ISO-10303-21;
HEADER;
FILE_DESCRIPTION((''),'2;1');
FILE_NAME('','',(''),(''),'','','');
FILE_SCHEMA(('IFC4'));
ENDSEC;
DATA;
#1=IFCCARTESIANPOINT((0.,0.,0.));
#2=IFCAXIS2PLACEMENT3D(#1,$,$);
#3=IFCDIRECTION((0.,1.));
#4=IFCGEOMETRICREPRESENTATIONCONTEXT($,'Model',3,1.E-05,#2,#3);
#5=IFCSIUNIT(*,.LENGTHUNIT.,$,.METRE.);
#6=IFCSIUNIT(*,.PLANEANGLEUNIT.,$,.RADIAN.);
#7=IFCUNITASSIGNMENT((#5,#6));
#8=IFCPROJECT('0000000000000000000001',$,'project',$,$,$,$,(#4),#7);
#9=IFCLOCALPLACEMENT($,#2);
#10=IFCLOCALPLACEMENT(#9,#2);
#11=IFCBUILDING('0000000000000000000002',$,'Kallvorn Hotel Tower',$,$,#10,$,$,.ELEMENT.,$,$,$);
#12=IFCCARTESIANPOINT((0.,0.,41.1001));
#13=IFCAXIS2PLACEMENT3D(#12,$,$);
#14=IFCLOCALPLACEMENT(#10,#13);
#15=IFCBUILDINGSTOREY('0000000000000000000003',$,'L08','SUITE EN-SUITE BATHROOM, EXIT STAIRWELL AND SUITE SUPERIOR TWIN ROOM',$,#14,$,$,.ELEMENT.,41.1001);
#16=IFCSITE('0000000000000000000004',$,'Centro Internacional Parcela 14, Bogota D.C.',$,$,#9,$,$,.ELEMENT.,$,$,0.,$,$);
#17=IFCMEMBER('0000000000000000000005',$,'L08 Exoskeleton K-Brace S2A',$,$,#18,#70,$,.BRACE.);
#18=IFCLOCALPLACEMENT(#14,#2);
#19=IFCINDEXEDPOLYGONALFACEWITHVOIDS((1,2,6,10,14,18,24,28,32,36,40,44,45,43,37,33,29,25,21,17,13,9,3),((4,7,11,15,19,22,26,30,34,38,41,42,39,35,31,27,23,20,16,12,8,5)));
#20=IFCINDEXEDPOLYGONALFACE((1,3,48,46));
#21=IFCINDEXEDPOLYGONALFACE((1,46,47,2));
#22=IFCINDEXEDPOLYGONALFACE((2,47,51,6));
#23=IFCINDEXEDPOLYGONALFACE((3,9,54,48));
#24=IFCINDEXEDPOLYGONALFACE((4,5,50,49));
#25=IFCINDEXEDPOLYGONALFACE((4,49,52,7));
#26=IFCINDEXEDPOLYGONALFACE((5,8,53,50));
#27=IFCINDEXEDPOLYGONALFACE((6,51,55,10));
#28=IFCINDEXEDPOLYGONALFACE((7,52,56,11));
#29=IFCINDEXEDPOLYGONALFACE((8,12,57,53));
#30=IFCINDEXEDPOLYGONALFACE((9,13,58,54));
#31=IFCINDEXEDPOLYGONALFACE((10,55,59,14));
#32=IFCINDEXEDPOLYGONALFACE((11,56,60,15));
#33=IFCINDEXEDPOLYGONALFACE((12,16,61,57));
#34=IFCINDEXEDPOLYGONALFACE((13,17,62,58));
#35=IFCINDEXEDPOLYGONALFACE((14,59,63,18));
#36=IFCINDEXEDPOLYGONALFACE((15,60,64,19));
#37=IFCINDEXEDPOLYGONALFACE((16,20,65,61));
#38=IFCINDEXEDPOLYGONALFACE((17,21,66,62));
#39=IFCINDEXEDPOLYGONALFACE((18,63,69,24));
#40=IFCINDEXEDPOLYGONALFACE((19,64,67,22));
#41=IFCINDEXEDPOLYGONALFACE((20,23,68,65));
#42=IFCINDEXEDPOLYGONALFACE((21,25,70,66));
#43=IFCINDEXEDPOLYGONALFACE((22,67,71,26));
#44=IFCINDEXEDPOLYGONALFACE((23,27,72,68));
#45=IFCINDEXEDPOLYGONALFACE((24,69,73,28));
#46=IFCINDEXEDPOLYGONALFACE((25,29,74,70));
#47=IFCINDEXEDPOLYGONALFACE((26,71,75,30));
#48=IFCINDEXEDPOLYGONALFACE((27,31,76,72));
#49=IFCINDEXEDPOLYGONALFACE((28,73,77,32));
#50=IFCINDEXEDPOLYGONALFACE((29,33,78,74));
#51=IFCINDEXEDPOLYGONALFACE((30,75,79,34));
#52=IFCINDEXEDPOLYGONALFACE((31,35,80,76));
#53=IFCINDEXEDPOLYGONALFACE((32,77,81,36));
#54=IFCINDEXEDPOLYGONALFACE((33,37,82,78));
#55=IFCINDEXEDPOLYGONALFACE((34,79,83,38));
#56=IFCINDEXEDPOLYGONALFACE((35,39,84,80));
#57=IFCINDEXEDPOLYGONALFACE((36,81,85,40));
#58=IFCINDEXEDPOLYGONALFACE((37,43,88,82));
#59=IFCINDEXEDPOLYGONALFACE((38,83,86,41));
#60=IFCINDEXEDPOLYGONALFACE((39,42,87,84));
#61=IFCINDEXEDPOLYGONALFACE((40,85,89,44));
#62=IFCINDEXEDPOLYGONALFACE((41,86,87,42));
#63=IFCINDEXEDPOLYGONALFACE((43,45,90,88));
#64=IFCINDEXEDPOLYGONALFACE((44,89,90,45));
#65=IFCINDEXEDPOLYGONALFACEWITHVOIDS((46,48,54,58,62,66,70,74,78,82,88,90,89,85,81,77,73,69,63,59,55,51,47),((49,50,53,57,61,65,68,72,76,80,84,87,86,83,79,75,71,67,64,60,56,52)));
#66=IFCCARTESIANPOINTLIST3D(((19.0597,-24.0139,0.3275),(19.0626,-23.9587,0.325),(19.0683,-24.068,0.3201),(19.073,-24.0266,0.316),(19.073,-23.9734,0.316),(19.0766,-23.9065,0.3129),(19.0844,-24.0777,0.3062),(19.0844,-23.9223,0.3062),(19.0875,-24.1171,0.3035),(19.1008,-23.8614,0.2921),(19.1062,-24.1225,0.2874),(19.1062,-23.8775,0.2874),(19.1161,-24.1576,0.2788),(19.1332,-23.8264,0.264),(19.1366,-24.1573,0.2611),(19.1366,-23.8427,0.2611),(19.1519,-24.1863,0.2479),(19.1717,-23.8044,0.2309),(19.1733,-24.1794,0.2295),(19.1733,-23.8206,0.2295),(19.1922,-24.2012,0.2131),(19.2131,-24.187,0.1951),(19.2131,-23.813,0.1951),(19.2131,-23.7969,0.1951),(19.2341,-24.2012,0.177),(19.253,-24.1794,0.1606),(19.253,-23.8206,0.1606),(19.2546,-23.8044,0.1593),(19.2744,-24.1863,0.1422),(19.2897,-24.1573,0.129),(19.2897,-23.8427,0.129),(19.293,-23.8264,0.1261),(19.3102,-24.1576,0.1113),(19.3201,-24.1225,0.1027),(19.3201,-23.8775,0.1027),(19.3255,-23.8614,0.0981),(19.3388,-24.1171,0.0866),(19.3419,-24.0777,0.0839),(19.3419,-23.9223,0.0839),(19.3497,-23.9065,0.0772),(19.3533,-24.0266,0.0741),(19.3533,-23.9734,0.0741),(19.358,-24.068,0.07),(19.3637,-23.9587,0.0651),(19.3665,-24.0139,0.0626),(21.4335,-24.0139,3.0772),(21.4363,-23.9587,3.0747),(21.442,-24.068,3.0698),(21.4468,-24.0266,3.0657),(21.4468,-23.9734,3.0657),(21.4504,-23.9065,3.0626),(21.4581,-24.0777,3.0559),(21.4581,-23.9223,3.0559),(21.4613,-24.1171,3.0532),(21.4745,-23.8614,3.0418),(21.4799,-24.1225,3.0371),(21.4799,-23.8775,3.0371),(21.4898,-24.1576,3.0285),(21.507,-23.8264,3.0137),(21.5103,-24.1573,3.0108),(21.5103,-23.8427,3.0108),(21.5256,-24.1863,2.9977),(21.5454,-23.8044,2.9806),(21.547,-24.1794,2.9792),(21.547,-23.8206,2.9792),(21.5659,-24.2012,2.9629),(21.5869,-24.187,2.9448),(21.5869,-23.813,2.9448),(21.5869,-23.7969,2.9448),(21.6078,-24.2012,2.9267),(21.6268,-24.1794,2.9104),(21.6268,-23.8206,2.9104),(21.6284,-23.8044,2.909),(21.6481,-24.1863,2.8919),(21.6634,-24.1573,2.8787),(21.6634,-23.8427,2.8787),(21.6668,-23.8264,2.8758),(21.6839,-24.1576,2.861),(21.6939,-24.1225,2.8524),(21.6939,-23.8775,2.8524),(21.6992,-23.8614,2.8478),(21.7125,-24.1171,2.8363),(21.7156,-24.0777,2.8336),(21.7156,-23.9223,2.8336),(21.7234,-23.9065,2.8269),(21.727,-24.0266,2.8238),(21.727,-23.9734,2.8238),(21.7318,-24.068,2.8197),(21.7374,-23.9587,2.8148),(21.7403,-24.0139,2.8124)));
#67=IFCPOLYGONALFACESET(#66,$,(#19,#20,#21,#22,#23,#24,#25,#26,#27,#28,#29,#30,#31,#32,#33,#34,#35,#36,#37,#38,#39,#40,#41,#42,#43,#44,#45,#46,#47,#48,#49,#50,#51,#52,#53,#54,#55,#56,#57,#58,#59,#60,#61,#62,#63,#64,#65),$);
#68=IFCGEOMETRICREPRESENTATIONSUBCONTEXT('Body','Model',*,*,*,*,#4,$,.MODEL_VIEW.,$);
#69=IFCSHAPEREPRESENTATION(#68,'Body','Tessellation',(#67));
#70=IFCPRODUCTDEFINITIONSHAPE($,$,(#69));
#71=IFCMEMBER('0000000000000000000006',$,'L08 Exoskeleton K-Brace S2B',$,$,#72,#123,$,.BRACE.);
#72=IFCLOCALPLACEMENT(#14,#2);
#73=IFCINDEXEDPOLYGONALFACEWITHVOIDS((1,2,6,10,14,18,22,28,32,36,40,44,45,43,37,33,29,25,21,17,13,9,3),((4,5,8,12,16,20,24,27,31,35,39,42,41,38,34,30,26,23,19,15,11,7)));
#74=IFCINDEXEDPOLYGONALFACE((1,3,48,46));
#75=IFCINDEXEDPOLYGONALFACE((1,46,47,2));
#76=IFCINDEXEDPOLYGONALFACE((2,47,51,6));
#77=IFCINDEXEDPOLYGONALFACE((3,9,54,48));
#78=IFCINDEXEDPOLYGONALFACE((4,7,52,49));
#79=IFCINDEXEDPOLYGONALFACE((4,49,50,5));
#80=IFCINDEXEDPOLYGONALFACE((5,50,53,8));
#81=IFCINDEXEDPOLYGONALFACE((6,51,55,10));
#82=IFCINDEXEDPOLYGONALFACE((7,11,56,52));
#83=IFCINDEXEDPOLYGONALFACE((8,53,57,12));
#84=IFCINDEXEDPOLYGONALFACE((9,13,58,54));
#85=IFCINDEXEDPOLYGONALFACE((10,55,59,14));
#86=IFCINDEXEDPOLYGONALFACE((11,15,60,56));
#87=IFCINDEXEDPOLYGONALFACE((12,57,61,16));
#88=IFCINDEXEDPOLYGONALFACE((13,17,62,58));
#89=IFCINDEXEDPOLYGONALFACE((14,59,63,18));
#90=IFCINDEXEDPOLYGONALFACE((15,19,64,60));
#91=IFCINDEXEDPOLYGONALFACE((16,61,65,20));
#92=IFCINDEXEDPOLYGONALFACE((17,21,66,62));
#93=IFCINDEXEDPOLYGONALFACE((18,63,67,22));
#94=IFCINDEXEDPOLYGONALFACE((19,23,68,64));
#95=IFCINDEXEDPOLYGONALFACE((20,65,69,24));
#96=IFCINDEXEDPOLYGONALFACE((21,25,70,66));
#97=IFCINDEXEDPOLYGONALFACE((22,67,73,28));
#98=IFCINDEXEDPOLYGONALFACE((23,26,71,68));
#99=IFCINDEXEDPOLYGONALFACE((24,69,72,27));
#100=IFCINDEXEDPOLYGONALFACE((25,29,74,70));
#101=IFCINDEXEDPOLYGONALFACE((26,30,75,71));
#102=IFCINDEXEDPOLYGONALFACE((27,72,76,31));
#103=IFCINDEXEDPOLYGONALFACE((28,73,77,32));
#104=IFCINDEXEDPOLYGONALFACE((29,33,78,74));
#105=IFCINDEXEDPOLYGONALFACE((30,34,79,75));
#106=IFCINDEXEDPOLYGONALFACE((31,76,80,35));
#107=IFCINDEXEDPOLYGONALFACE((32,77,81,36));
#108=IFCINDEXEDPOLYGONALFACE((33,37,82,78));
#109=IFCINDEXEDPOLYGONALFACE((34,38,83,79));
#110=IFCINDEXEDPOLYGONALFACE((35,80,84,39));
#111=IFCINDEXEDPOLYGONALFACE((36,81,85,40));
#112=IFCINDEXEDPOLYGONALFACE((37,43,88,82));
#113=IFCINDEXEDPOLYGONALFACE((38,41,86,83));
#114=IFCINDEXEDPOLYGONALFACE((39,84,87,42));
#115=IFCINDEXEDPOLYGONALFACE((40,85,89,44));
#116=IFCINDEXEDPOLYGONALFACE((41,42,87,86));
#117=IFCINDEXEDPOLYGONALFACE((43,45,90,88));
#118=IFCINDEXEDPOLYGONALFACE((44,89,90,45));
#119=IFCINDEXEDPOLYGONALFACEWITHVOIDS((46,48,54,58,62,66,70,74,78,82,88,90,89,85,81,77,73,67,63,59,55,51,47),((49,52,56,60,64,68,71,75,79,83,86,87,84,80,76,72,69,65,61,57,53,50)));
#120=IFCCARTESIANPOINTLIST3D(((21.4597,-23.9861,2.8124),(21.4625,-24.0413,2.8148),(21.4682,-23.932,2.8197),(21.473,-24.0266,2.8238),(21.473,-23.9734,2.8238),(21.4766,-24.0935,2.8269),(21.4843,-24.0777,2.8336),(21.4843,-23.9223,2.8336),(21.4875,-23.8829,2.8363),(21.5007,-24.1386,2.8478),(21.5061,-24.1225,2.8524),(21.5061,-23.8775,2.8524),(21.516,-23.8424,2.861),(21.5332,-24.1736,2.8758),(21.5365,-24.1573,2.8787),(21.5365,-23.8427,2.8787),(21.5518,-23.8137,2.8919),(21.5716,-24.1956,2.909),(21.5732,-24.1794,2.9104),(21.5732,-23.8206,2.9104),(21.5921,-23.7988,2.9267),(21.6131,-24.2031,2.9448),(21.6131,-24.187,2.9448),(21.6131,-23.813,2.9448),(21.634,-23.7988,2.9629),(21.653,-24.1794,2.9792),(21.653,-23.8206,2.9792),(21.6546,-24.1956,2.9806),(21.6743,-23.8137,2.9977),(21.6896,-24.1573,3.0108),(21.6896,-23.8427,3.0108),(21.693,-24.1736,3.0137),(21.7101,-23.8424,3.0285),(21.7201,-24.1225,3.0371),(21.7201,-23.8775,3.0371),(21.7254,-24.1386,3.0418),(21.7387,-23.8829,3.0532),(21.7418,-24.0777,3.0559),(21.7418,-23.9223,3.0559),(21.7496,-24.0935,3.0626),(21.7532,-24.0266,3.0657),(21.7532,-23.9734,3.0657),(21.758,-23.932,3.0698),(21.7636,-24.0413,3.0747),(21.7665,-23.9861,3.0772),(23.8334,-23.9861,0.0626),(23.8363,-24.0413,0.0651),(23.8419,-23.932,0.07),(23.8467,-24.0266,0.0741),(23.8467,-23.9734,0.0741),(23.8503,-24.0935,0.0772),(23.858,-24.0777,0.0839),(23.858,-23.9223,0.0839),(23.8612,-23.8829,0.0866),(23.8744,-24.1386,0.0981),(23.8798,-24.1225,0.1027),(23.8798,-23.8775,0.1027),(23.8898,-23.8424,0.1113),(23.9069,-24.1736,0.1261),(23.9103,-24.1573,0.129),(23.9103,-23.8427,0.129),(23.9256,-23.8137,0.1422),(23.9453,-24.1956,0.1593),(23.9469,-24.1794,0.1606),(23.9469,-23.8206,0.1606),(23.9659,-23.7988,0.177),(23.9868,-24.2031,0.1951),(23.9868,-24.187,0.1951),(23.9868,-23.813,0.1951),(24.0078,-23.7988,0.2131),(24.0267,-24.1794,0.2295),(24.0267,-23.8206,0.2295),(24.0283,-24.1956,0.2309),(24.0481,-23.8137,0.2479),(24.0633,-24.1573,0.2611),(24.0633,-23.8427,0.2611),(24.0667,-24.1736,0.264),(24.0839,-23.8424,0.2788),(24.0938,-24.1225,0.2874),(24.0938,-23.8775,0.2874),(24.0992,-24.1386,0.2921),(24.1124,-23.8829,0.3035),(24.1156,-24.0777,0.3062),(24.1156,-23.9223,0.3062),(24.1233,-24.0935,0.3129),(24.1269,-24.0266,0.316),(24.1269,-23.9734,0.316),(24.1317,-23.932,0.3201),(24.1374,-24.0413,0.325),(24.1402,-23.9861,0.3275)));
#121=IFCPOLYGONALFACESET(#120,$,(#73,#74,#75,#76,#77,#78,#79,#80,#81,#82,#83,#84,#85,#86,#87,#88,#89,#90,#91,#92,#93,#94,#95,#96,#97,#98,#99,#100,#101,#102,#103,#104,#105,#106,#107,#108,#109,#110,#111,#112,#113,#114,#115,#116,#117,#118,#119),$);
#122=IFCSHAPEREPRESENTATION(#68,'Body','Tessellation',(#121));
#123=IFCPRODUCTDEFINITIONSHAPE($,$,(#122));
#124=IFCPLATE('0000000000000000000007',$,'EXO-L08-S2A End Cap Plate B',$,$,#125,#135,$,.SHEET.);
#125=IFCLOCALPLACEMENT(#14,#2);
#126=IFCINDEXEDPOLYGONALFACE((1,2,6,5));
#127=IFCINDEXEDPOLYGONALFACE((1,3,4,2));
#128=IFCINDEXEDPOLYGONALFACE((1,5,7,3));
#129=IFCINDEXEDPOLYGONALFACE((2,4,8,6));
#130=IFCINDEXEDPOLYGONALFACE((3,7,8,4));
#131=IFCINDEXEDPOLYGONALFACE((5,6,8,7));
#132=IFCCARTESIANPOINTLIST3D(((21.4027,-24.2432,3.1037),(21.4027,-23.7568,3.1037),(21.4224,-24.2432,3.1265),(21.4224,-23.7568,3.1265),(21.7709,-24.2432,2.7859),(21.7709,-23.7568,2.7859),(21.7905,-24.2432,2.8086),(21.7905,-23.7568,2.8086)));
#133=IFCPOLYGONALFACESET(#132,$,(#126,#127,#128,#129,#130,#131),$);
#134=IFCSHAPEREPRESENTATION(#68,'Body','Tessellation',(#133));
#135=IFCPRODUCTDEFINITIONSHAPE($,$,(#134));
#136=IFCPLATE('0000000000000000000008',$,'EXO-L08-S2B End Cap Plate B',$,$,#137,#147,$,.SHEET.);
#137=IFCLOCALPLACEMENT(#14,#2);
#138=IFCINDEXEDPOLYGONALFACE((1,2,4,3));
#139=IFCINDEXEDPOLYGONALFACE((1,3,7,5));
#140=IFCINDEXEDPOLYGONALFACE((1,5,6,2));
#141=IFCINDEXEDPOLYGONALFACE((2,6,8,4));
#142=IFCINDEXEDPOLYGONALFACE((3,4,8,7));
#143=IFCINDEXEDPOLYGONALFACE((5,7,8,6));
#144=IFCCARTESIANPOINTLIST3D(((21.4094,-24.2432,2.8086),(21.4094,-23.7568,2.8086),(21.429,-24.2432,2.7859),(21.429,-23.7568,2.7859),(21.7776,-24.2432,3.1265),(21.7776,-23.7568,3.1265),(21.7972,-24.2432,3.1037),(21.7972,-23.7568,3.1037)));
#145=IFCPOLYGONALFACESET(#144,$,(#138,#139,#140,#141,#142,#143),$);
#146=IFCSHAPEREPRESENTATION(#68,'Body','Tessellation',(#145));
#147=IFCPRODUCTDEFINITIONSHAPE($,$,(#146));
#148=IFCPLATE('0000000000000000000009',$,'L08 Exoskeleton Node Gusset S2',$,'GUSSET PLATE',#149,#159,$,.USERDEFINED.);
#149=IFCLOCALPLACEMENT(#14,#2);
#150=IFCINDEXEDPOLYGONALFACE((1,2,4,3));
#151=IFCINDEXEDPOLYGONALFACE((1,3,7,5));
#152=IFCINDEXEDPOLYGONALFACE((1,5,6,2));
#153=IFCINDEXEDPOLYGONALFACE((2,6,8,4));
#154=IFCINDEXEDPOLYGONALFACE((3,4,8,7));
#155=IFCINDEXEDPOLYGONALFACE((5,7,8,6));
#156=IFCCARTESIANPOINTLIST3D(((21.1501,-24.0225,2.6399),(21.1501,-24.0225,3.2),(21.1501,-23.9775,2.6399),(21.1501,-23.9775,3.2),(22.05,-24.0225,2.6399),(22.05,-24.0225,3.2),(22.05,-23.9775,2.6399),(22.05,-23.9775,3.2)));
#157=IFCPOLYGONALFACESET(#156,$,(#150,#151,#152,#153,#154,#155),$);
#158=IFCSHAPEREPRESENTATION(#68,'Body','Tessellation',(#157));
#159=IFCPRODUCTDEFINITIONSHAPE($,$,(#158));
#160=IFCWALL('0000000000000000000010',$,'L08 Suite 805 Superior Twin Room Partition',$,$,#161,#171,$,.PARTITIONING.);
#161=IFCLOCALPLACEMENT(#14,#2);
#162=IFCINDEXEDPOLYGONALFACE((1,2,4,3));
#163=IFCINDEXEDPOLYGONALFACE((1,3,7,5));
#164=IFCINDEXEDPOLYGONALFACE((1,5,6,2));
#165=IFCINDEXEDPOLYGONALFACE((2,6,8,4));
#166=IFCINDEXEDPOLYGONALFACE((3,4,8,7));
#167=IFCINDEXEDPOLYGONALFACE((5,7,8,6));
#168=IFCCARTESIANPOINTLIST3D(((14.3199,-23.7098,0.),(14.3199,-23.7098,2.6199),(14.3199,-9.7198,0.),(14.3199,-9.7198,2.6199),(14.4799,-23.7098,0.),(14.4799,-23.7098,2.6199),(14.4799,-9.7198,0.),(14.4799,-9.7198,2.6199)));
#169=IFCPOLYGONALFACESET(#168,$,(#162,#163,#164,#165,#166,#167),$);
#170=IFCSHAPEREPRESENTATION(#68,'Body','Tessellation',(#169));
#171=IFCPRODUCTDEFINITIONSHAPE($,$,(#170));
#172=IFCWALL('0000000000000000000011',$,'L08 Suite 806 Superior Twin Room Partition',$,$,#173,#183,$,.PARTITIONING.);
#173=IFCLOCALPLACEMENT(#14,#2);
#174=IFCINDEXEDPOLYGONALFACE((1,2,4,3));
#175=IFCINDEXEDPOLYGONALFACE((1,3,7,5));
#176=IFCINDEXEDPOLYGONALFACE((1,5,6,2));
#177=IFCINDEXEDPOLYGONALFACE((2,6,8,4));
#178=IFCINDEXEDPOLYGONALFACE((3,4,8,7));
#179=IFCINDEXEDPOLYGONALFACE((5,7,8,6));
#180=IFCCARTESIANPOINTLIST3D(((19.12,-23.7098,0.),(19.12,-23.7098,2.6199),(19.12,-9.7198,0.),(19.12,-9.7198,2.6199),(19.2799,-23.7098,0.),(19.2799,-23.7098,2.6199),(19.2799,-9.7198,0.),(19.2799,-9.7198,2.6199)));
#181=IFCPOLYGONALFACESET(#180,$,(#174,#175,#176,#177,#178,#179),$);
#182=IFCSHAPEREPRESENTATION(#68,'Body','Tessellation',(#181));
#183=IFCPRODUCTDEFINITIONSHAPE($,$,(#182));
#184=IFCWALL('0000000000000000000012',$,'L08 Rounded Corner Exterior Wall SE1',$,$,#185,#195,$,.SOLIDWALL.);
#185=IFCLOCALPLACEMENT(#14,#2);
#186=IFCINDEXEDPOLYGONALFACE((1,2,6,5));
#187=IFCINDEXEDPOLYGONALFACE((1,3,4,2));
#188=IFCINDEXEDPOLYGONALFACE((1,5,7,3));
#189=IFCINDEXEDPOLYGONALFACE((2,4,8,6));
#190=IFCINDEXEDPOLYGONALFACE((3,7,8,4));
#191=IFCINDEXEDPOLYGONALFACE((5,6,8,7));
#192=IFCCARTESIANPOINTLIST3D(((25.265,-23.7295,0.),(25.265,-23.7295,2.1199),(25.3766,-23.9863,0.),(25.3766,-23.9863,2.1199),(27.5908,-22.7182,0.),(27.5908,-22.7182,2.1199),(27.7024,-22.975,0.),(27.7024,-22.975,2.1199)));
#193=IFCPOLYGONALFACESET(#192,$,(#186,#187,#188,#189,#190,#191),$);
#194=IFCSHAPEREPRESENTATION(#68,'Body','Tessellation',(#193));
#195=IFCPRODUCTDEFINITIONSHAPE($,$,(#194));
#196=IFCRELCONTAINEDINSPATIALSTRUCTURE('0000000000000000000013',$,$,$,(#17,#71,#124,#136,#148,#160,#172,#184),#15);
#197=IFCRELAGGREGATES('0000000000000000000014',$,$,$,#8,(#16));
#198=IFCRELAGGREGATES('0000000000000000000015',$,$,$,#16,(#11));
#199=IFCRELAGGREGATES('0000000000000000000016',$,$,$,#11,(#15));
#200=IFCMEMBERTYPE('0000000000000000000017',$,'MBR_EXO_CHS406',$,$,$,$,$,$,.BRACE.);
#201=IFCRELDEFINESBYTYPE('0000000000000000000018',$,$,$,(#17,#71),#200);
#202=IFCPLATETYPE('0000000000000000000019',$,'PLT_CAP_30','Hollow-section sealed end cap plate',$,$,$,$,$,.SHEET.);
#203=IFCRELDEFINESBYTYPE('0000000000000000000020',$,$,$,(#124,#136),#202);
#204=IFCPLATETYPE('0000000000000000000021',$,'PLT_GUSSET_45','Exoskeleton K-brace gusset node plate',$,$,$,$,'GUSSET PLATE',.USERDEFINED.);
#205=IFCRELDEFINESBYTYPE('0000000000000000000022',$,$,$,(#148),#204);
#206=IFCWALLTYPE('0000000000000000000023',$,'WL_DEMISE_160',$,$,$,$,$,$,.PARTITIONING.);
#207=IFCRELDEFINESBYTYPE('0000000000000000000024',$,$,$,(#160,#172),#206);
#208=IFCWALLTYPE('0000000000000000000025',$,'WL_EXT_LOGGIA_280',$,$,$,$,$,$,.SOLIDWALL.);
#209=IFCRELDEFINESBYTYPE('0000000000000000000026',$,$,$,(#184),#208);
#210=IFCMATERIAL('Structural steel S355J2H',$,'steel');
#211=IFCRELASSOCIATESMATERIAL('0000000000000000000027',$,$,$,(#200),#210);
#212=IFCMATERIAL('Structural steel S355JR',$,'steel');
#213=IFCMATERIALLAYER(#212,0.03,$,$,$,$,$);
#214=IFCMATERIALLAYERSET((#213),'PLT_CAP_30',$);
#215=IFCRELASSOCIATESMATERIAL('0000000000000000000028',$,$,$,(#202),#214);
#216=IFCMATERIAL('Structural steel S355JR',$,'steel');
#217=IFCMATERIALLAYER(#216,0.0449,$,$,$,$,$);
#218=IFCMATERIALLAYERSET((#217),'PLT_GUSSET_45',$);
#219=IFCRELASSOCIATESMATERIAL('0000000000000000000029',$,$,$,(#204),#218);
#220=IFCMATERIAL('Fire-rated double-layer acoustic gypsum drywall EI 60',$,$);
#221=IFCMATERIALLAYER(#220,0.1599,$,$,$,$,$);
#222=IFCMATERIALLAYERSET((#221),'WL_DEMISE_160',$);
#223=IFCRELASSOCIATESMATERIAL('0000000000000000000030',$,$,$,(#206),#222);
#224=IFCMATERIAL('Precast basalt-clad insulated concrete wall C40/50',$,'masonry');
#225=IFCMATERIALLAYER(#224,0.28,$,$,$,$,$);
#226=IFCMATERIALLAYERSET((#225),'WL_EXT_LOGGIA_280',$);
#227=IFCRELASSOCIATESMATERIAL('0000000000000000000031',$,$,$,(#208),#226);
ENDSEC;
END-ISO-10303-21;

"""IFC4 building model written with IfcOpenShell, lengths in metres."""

from ifc_helpers import new_model, si_unit, direction, frame, frame_2d, origin, origin_2d, place, context, subcontext, project, spatial, polyline, rectangle, hollow_circle, outline, extrude, material, layer, layer_set, material_profile, profile_set, type_object, element, save


model = new_model("IFC4")

# Units and contexts
model_context = context("Model", 3, precision=1e-05, world=origin(), true_north=direction((0.0, 1.0)))
body_context = subcontext(model_context, "Body", "Model", "MODEL_VIEW")
ifc_project = project(units=[si_unit("LENGTHUNIT", "METRE"), si_unit("PLANEANGLEUNIT", "RADIAN")], contexts=[model_context])

# Site, building, storey
site_placement = place(None, origin())
site = spatial("IfcSite", under=ifc_project, at=site_placement, Name="Centro Internacional Parcela 14, Bogota D.C.", CompositionType="ELEMENT", RefElevation=0.0)
building_placement = place(site_placement, origin())
building = spatial("IfcBuilding", under=site, at=building_placement, Name="Kallvorn Hotel Tower", CompositionType="ELEMENT")
storey_placement = place(building_placement, frame((0.0, 0.0, 41.1001)))
storey = spatial("IfcBuildingStorey", under=building, at=storey_placement, Name="L08", Description="SUITE EN-SUITE BATHROOM, EXIT STAIRWELL AND SUITE SUPERIOR TWIN ROOM", CompositionType="ELEMENT", Elevation=41.1001)

# Members
ifc_material_1 = material(Name="Structural steel S355J2H", Category="steel")
ifc_material_profile_1 = material_profile(ifc_material_1, hollow_circle(Radius=0.2031, WallThickness=0.0161, at=origin_2d()), Name="CHS 406.4x16")
ifc_profile_set_1 = profile_set([ifc_material_profile_1], Name="Structural steel S355J2H")
member_type = type_object("IfcMemberType", Name="MBR_EXO_CHS406", PredefinedType="BRACE", material=ifc_profile_set_1)
for number, where, z_axis, x_axis, name in (
    (1, (19.2131, -24.0, 0.1951), (0.653461, 0.0, 0.756961), (0.0, 1.0, 0.0), "L08 Exoskeleton K-Brace S2A"),
    (2, (23.9868, -24.0, 0.1951), (-0.653461, 0.0, 0.756961), (0.0, -1.0, 0.0), "L08 Exoskeleton K-Brace S2B"),
):
    element("IfcMember", number, at=place(storey_placement, frame(where, z_axis=z_axis, x_axis=x_axis)), inside=storey, type_object=member_type, Name=name, PredefinedType="BRACE", context=body_context, shape_type="SweptSolid", body=[
        extrude(hollow_circle(Radius=0.2031, WallThickness=0.0161, at=origin_2d()), origin(), (0.0, 0.0, 1.0), 3.6326),
    ])

# Plates
ifc_material_2 = material(Name="Structural steel S355JR", Category="steel")
ifc_layer_1 = layer(ifc_material_2, 0.03)
ifc_layer_set_1 = layer_set([ifc_layer_1], Name="PLT_CAP_30")
plate_type_1 = type_object("IfcPlateType", Name="PLT_CAP_30", Description="Hollow-section sealed end cap plate", PredefinedType="SHEET", material=ifc_layer_set_1)
for number, where, z_axis, x_axis, name in (
    (3, (21.7905, -24.2432, 2.8086), (0.653515, 0.0, 0.756913), (0.0, 1.0, 0.0), "EXO-L08-S2A End Cap Plate B"),
    (4, (21.4094, -23.7568, 2.8086), (-0.653515, 0.0, 0.756913), (0.0, -1.0, 0.0), "EXO-L08-S2B End Cap Plate B"),
):
    element("IfcPlate", number, at=place(storey_placement, frame(where, z_axis=z_axis, x_axis=x_axis)), inside=storey, type_object=plate_type_1, Name=name, PredefinedType="SHEET", context=body_context, shape_type="SweptSolid", body=[
        extrude(outline(polyline([(0.0, 0.0), (0.4863, 0.0), (0.4863, 0.4864), (0.0, 0.4864), (0.0, 0.0)])), origin(), (0.0, 0.0, -1.0), 0.03),
    ])
ifc_material_3 = material(Name="Structural steel S355JR", Category="steel")
ifc_layer_2 = layer(ifc_material_3, 0.0449)
ifc_layer_set_2 = layer_set([ifc_layer_2], Name="PLT_GUSSET_45")
plate_type_2 = type_object("IfcPlateType", Name="PLT_GUSSET_45", Description="Exoskeleton K-brace gusset node plate", ElementType="GUSSET PLATE", PredefinedType="USERDEFINED", material=ifc_layer_set_2)
plate_placement = place(storey_placement, frame((21.6001, -24.0, 2.6399), z_axis=(0.0, 0.0, 1.0), x_axis=(1.0, 0.0, 0.0)))
element("IfcPlate", 5, at=plate_placement, inside=storey, type_object=plate_type_2, Name="L08 Exoskeleton Node Gusset S2", ObjectType="GUSSET PLATE", PredefinedType="USERDEFINED", context=body_context, shape_type="SweptSolid", body=[
    extrude(rectangle(XDim=0.8999, YDim=0.0449, at=origin_2d()), origin(), (0.0, 0.0, 1.0), 0.5601),
])

# Walls
ifc_material_4 = material(Name="Fire-rated double-layer acoustic gypsum drywall EI 60")
ifc_layer_3 = layer(ifc_material_4, 0.1599)
ifc_layer_set_3 = layer_set([ifc_layer_3], Name="WL_DEMISE_160")
wall_type_1 = type_object("IfcWallType", Name="WL_DEMISE_160", PredefinedType="PARTITIONING", material=ifc_layer_set_3)
for number, where, z_axis, x_axis, name in (
    (6, (14.3999, -23.71, 0.0), (0.0, 0.0, 1.0), (0.0, 1.0, 0.0), "L08 Suite 805 Superior Twin Room Partition"),
    (7, (19.2, -23.71, 0.0), (0.0, 0.0, 1.0), (0.0, 1.0, 0.0), "L08 Suite 806 Superior Twin Room Partition"),
):
    element("IfcWall", number, at=place(storey_placement, frame(where, z_axis=z_axis, x_axis=x_axis)), inside=storey, type_object=wall_type_1, Name=name, PredefinedType="PARTITIONING", context=body_context, shape_type="SweptSolid", body=[
        extrude(rectangle(XDim=13.99, YDim=0.1599, at=frame_2d((6.9951, 0.0))), origin(), (0.0, 0.0, 1.0), 2.6199),
    ])
ifc_material_5 = material(Name="Precast basalt-clad insulated concrete wall C40/50", Category="masonry")
ifc_layer_4 = layer(ifc_material_5, 0.28)
ifc_layer_set_4 = layer_set([ifc_layer_4], Name="WL_EXT_LOGGIA_280")
wall_type_2 = type_object("IfcWallType", Name="WL_EXT_LOGGIA_280", PredefinedType="SOLIDWALL", material=ifc_layer_set_4)
wall_1_placement = place(storey_placement, frame((25.3208, -23.8579, 0.0), z_axis=(0.0, 0.0, 1.0), x_axis=(0.917061, 0.398747, 0.0)))
element("IfcWall", 8, at=wall_1_placement, inside=storey, type_object=wall_type_2, Name="L08 Rounded Corner Exterior Wall SE1", PredefinedType="SOLIDWALL", context=body_context, shape_type="SweptSolid", body=[
    extrude(rectangle(XDim=2.5361, YDim=0.28, at=frame_2d((1.2681, 0.0))), origin(), (0.0, 0.0, 1.0), 2.1199),
])

save(model, "model.ifc")
